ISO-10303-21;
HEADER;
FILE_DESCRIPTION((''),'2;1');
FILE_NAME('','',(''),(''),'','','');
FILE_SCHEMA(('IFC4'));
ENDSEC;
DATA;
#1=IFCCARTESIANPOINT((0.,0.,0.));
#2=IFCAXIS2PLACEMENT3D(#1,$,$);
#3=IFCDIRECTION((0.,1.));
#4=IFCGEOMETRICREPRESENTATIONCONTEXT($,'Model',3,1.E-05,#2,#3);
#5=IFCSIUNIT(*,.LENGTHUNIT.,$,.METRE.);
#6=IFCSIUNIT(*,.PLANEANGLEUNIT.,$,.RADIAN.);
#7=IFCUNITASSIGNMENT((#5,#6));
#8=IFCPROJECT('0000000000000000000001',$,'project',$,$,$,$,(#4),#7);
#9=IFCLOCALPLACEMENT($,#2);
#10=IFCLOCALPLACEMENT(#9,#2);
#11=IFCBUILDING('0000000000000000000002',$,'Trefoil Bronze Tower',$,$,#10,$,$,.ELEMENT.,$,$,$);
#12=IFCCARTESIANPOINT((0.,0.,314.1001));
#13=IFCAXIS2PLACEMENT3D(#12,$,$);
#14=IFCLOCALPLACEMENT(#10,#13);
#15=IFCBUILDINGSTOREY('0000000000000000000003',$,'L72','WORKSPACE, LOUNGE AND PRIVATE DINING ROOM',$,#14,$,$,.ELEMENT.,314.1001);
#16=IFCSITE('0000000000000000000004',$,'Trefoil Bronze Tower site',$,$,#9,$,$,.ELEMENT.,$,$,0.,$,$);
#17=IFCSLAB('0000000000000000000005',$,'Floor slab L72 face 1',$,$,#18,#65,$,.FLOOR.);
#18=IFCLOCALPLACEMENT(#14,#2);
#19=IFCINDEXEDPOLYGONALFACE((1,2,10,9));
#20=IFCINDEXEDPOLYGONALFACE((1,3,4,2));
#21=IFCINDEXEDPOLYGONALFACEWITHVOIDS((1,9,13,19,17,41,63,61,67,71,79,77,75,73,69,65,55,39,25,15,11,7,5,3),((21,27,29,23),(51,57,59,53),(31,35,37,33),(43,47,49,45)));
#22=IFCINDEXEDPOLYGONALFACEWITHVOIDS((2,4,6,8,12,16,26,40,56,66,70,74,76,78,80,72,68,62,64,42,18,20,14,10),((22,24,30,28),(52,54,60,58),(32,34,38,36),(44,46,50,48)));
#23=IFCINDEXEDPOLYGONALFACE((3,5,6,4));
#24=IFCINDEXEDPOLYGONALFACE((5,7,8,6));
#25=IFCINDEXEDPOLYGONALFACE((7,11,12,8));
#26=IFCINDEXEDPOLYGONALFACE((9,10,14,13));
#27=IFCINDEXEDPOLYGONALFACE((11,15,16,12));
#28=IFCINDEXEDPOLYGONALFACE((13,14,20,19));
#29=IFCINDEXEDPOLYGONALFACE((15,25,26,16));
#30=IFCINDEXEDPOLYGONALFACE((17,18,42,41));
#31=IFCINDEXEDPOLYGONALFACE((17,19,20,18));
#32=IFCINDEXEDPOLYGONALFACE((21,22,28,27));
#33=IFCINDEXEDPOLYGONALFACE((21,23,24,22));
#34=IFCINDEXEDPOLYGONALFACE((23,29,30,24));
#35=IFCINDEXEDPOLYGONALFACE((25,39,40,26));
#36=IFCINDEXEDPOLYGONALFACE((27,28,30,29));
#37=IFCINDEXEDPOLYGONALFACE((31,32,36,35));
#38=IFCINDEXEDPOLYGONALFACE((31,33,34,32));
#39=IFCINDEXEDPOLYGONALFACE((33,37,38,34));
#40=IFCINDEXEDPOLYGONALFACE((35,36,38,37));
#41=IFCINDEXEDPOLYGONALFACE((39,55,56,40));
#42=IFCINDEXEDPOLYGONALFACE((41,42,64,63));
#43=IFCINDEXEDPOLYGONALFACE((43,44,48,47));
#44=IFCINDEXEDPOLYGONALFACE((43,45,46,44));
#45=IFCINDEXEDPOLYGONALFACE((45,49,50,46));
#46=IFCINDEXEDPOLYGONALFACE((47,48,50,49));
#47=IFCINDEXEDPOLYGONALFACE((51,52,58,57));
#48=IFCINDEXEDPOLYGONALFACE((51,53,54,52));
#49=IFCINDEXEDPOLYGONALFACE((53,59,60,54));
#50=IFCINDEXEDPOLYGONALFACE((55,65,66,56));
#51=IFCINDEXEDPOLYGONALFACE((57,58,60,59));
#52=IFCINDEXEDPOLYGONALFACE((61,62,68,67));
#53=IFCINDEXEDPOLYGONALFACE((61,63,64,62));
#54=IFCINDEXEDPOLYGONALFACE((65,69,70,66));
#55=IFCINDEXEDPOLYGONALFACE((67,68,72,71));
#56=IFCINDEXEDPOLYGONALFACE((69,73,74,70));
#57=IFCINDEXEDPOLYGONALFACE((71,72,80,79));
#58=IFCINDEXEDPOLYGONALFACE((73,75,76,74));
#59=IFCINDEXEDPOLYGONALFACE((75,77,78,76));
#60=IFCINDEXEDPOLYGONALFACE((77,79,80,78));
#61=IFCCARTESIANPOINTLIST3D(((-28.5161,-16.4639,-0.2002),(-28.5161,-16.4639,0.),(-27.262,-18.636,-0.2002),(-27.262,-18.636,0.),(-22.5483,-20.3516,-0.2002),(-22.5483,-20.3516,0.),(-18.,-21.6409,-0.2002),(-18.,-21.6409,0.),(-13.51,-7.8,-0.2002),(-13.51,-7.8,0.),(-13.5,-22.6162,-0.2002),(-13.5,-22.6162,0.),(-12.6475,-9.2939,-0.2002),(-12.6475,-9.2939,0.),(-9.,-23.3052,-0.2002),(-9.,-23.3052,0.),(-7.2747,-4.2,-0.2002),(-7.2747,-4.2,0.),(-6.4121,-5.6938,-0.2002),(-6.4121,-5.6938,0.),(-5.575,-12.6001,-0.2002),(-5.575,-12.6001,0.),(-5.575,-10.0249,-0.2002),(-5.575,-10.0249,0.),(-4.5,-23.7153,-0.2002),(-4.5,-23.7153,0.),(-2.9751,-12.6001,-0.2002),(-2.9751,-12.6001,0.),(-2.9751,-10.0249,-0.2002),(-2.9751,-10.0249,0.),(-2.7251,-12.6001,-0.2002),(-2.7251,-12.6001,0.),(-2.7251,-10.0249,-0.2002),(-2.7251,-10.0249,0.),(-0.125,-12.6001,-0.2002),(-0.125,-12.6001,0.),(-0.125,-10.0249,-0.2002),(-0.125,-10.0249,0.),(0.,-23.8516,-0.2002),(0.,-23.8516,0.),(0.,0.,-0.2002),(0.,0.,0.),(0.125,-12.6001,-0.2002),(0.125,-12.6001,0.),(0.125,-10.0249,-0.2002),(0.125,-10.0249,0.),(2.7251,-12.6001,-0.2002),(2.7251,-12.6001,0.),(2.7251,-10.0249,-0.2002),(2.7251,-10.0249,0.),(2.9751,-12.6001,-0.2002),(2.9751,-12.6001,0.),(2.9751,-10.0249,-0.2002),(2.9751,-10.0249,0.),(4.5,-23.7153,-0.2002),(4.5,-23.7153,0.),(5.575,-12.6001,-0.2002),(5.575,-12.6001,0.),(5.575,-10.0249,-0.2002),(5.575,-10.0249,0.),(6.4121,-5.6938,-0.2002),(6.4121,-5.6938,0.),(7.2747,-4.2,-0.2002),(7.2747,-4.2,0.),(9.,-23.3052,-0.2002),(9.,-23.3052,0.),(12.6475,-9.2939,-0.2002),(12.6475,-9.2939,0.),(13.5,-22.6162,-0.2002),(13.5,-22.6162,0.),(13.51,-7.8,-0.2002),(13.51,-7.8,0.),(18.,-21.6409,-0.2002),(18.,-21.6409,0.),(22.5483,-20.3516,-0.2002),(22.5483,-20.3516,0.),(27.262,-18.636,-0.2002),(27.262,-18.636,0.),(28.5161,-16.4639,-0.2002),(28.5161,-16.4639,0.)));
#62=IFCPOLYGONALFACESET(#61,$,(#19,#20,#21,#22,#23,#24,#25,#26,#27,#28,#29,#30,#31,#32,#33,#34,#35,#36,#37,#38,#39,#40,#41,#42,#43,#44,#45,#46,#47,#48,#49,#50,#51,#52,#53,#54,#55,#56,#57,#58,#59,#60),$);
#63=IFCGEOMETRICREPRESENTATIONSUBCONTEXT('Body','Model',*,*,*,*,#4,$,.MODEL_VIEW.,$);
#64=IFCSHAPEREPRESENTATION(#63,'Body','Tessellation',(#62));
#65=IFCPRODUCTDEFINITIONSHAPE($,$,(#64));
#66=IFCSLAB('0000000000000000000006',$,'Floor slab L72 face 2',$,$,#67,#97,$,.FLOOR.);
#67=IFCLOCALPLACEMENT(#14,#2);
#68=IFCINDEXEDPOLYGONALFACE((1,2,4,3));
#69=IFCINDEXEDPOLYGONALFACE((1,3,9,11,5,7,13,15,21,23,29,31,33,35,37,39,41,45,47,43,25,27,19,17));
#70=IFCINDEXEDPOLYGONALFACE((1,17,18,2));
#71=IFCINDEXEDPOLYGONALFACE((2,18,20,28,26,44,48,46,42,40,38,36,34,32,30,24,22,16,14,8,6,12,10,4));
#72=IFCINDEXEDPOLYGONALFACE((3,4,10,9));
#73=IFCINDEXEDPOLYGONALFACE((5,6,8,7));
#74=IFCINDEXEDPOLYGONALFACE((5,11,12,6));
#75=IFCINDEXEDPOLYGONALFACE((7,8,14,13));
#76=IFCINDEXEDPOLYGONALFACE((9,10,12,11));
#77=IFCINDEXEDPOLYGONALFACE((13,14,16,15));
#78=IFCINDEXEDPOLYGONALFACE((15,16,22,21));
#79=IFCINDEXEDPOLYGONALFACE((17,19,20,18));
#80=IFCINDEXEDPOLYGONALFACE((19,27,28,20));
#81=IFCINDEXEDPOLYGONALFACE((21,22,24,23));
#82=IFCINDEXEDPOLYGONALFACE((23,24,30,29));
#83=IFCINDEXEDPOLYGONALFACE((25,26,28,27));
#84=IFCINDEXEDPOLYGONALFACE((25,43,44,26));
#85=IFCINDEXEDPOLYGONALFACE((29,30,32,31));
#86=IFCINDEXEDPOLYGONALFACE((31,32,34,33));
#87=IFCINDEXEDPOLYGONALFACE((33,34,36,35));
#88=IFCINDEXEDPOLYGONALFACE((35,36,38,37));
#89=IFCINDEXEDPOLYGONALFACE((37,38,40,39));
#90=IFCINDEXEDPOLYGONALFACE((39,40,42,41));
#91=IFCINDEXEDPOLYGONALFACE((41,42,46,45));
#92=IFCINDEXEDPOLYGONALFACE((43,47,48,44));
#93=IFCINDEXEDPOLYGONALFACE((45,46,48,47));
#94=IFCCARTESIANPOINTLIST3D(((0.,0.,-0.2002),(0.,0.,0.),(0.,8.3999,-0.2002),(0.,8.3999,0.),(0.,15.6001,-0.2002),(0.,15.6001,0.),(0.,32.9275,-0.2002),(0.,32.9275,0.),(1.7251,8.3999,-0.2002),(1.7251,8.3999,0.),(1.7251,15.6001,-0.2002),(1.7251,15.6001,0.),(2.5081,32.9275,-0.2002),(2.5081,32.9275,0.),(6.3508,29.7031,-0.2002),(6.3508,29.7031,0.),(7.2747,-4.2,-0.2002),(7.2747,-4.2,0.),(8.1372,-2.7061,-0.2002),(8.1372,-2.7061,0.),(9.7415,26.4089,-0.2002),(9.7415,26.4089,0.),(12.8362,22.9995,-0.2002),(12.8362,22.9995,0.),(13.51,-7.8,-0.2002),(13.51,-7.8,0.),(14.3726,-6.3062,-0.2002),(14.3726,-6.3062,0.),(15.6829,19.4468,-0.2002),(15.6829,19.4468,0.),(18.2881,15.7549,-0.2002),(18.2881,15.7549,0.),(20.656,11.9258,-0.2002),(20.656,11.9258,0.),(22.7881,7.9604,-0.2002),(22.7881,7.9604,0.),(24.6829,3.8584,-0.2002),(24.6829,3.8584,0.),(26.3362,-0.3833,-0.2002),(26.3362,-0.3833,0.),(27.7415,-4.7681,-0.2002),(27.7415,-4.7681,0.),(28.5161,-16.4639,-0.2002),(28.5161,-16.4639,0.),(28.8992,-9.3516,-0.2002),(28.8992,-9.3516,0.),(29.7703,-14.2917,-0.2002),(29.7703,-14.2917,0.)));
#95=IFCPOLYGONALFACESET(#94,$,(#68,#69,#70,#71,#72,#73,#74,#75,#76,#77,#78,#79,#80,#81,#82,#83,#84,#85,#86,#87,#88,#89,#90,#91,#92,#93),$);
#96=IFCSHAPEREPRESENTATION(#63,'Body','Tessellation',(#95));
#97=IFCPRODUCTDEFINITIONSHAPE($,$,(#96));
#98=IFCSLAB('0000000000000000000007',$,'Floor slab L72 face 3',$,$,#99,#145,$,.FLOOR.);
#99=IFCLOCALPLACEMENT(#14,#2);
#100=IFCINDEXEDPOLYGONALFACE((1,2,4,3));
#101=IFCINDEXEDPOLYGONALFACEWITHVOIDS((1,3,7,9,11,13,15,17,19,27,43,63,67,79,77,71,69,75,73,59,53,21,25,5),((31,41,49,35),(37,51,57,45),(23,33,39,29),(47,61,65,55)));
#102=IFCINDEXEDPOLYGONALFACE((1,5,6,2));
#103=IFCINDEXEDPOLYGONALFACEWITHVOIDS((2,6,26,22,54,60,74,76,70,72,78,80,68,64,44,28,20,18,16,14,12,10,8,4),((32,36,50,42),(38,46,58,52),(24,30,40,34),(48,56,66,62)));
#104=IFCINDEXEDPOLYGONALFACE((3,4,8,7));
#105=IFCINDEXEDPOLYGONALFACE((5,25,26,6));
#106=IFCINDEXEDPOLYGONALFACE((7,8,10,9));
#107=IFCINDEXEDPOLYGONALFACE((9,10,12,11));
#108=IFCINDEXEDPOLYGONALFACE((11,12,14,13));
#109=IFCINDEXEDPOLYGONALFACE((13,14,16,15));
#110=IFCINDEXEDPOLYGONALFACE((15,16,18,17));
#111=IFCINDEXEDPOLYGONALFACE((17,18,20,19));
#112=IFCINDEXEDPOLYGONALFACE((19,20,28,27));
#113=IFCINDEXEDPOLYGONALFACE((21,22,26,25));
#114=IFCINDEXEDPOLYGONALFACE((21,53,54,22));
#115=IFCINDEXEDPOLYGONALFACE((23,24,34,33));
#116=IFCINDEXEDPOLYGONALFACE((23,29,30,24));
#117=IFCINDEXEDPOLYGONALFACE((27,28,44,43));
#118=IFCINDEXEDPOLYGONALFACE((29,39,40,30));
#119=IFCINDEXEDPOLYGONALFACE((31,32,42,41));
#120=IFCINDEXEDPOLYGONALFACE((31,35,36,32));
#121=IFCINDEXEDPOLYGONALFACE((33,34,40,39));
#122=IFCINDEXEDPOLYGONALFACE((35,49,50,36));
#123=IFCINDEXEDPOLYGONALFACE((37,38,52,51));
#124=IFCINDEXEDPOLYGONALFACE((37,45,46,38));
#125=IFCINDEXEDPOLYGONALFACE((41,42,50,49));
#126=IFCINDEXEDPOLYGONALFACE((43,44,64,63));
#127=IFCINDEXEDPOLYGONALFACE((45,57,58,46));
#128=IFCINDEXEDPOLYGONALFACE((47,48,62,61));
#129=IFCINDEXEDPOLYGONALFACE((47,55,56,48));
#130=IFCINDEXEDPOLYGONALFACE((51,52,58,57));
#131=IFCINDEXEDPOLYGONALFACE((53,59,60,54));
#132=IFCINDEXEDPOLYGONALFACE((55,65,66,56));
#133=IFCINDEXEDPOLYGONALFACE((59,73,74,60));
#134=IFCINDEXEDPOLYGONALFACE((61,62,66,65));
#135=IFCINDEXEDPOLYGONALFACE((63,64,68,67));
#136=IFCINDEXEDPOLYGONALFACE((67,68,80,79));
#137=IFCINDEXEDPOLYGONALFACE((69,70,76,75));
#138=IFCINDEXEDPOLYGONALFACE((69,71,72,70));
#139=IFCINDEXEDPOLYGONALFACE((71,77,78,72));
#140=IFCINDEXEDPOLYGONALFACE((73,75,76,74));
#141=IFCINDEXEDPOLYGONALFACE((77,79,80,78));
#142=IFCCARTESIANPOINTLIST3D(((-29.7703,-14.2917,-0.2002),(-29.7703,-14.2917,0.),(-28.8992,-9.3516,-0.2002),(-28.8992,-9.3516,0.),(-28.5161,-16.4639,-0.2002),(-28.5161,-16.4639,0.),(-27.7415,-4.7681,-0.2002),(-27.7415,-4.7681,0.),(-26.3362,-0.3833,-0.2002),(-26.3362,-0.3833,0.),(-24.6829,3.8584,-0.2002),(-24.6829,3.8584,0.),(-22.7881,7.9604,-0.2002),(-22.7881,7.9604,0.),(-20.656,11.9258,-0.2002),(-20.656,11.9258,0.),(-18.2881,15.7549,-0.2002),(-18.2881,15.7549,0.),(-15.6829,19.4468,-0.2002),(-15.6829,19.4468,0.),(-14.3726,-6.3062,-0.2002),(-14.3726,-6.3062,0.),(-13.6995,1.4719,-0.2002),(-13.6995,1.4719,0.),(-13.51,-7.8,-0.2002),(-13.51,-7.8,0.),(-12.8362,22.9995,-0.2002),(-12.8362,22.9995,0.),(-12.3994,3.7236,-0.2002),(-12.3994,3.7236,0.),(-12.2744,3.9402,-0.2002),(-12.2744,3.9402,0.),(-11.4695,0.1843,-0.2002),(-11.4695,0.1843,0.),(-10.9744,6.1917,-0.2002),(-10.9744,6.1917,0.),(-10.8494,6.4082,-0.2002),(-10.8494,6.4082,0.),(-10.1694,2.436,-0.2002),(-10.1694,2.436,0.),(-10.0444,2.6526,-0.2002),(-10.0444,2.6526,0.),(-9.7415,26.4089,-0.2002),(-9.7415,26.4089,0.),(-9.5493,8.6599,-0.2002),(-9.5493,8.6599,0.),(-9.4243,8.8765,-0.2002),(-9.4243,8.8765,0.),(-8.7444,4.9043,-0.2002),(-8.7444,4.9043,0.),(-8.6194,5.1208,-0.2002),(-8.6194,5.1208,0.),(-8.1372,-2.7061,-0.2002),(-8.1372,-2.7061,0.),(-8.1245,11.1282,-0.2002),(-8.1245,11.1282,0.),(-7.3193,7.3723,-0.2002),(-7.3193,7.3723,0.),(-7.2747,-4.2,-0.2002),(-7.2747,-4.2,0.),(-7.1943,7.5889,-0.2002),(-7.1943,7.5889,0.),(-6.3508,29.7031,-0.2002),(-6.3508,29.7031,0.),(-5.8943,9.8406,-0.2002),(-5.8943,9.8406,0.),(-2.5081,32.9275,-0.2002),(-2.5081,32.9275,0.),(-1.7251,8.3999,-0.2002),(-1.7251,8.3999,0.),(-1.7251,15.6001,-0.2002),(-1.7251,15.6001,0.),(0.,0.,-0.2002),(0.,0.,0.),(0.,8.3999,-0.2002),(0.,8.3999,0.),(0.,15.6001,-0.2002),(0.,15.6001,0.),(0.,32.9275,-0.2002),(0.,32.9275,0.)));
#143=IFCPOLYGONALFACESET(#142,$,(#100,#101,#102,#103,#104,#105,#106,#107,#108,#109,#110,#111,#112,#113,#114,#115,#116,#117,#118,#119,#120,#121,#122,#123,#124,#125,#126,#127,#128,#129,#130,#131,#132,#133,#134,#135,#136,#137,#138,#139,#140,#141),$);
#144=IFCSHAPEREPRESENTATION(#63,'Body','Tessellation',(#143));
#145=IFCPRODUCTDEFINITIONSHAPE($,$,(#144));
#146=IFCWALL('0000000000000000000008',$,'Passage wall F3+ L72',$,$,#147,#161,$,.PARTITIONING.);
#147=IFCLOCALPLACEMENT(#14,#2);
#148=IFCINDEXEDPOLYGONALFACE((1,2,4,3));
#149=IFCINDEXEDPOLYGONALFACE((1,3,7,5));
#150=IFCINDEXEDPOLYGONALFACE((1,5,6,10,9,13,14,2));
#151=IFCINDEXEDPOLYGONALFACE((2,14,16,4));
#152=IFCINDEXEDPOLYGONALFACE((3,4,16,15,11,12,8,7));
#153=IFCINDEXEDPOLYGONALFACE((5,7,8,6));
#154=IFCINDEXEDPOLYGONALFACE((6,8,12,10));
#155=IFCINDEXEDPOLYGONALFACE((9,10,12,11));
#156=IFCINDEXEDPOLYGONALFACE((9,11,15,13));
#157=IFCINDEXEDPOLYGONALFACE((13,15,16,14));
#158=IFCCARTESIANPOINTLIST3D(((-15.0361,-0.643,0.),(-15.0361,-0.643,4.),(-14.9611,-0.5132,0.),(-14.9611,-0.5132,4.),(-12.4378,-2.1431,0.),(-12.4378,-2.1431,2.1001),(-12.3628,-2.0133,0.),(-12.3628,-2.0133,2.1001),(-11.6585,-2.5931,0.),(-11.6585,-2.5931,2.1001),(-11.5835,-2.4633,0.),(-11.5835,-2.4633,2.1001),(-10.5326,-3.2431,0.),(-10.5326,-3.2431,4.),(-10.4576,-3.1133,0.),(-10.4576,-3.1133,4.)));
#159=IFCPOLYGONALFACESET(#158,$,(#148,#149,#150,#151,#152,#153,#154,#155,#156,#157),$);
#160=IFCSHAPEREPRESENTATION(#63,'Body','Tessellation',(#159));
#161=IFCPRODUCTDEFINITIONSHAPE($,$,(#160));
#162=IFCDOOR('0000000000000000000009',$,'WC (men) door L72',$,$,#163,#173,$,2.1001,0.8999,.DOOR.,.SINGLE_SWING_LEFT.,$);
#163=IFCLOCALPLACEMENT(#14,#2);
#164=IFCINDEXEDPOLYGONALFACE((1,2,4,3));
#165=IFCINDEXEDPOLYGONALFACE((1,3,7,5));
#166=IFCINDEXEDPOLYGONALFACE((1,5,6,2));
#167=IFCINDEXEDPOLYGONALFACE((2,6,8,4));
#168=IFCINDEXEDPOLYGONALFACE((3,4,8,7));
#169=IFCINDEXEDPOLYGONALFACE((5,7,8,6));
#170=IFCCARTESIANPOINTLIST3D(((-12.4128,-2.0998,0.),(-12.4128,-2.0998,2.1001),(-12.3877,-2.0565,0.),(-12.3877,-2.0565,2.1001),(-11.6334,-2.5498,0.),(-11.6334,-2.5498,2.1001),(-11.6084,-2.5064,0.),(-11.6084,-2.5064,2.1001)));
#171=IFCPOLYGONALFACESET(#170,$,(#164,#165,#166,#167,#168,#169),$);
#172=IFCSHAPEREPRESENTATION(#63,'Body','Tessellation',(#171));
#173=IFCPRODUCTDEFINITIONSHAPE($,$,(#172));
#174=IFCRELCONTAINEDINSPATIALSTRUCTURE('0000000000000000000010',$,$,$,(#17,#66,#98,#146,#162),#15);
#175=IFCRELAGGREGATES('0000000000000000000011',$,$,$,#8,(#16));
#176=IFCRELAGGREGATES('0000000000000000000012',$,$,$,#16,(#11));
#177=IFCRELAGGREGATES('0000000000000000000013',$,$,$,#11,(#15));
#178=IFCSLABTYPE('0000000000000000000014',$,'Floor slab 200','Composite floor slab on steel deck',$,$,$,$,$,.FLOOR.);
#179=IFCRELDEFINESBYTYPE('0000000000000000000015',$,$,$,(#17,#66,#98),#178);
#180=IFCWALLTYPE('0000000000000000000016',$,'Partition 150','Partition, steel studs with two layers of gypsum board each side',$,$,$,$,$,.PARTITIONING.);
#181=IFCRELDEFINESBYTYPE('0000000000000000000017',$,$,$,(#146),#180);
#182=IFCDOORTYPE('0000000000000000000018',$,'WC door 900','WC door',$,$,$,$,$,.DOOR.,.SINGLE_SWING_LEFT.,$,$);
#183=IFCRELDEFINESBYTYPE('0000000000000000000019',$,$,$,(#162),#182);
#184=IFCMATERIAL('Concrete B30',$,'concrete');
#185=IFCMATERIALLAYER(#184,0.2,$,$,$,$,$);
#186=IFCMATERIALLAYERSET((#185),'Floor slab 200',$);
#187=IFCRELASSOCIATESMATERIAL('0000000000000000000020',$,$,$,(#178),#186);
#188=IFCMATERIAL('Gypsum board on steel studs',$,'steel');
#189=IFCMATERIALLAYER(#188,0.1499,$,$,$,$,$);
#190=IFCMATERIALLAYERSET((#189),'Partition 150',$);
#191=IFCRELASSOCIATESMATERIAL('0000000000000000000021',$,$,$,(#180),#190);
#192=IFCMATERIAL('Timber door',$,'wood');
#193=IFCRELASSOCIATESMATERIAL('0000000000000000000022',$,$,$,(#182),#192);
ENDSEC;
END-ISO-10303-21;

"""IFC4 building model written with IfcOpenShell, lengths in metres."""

from ifc_helpers import new_model, si_unit, direction, frame, frame_2d, origin, place, context, subcontext, project, spatial, polyline, rectangle, outline, extrude, material, layer, layer_set, type_object, element, fill, save


model = new_model("IFC4")

# Units and contexts
model_context = context("Model", 3, precision=1e-05, world=origin(), true_north=direction((0.0, 1.0)))
body_context = subcontext(model_context, "Body", "Model", "MODEL_VIEW")
ifc_project = project(units=[si_unit("LENGTHUNIT", "METRE"), si_unit("PLANEANGLEUNIT", "RADIAN")], contexts=[model_context])

# Site, building, storey
site_placement = place(None, origin())
site = spatial("IfcSite", under=ifc_project, at=site_placement, Name="Trefoil Bronze Tower site", CompositionType="ELEMENT", RefElevation=0.0)
building_placement = place(site_placement, origin())
building = spatial("IfcBuilding", under=site, at=building_placement, Name="Trefoil Bronze Tower", CompositionType="ELEMENT")
storey_placement = place(building_placement, frame((0.0, 0.0, 314.1001)))
storey = spatial("IfcBuildingStorey", under=building, at=storey_placement, Name="L72", Description="WORKSPACE, LOUNGE AND PRIVATE DINING ROOM", CompositionType="ELEMENT", Elevation=314.1001)

# Slabs
ifc_material_1 = material(Name="Concrete B30", Category="concrete")
ifc_layer_1 = layer(ifc_material_1, 0.2)
ifc_layer_set_1 = layer_set([ifc_layer_1], Name="Floor slab 200")
slab_type = type_object("IfcSlabType", Name="Floor slab 200", Description="Composite floor slab on steel deck", PredefinedType="FLOOR", material=ifc_layer_set_1)
slab_1_placement = place(storey_placement, frame((0.0, 0.0, -0.2002)))
element("IfcSlab", 1, at=slab_1_placement, inside=storey, type_object=slab_type, Name="Floor slab L72 face 1", PredefinedType="FLOOR", context=body_context, shape_type="SweptSolid", body=[
    extrude(outline(polyline([(13.5, -22.6162), (9.0, -23.3052), (4.5, -23.7153), (0.0, -23.8516), (-4.5, -23.7153), (-9.0, -23.3052), (-13.5, -22.6162), (-18.0, -21.6409), (-22.5483, -20.3516), (-27.262, -18.636), (-28.5161, -16.4639), (-13.51, -7.8), (-12.6475, -9.2939), (-6.4121, -5.6938), (-7.2747, -4.2), (0.0, 0.0), (7.2747, -4.2), (6.4121, -5.6938), (12.6475, -9.2939), (13.51, -7.8), (28.5161, -16.4639), (27.262, -18.636), (22.5483, -20.3516), (18.0, -21.6409), (13.5, -22.6162)]), holes=[polyline([(-5.575, -10.0249), (-2.9751, -10.0249), (-2.9751, -12.6001), (-5.575, -12.6001), (-5.575, -10.0249)]), polyline([(-2.7251, -10.0249), (-0.125, -10.0249), (-0.125, -12.6001), (-2.7251, -12.6001), (-2.7251, -10.0249)]), polyline([(0.125, -10.0249), (2.7251, -10.0249), (2.7251, -12.6001), (0.125, -12.6001), (0.125, -10.0249)]), polyline([(2.9751, -10.0249), (5.575, -10.0249), (5.575, -12.6001), (2.9751, -12.6001), (2.9751, -10.0249)])]), origin(), (0.0, 0.0, 1.0), 0.2002),
])
slab_2_placement = place(storey_placement, frame((0.0, 0.0, -0.2002)))
element("IfcSlab", 2, at=slab_2_placement, inside=storey, type_object=slab_type, Name="Floor slab L72 face 2", PredefinedType="FLOOR", context=body_context, shape_type="SweptSolid", body=[
    extrude(outline(polyline([(12.8362, 22.9995), (15.6829, 19.4468), (18.2881, 15.7549), (20.656, 11.9258), (22.7881, 7.9604), (24.6829, 3.8584), (26.3362, -0.3833), (27.7415, -4.7681), (28.8992, -9.3516), (29.7703, -14.2917), (28.5161, -16.4639), (13.51, -7.8), (14.3726, -6.3062), (8.1372, -2.7061), (7.2747, -4.2), (0.0, 0.0), (0.0, 8.3999), (1.7251, 8.3999), (1.7251, 15.6001), (0.0, 15.6001), (0.0, 32.9275), (2.5081, 32.9275), (6.3508, 29.7031), (9.7415, 26.4089), (12.8362, 22.9995)])), origin(), (0.0, 0.0, 1.0), 0.2002),
])
slab_3_placement = place(storey_placement, frame((0.0, 0.0, -0.2002)))
element("IfcSlab", 3, at=slab_3_placement, inside=storey, type_object=slab_type, Name="Floor slab L72 face 3", PredefinedType="FLOOR", context=body_context, shape_type="SweptSolid", body=[
    extrude(outline(polyline([(-26.3362, -0.3833), (-24.6829, 3.8584), (-22.7881, 7.9604), (-20.656, 11.9258), (-18.2881, 15.7549), (-15.6829, 19.4468), (-12.8362, 22.9995), (-9.7415, 26.4089), (-6.3508, 29.7031), (-2.5081, 32.9275), (0.0, 32.9275), (0.0, 15.6001), (-1.7251, 15.6001), (-1.7251, 8.3999), (0.0, 8.3999), (0.0, 0.0), (-7.2747, -4.2), (-8.1372, -2.7061), (-14.3726, -6.3062), (-13.51, -7.8), (-28.5161, -16.4639), (-29.7703, -14.2917), (-28.8992, -9.3516), (-27.7415, -4.7681), (-26.3362, -0.3833)]), holes=[polyline([(-5.8943, 9.8406), (-7.1943, 7.5889), (-9.4243, 8.8765), (-8.1245, 11.1282), (-5.8943, 9.8406)]), polyline([(-7.3193, 7.3723), (-8.6194, 5.1208), (-10.8494, 6.4082), (-9.5493, 8.6599), (-7.3193, 7.3723)]), polyline([(-8.7444, 4.9043), (-10.0444, 2.6526), (-12.2744, 3.9402), (-10.9744, 6.1917), (-8.7444, 4.9043)]), polyline([(-10.1694, 2.436), (-11.4695, 0.1843), (-13.6995, 1.4719), (-12.3994, 3.7236), (-10.1694, 2.436)])]), origin(), (0.0, 0.0, 1.0), 0.2002),
])

# Wall, opening, door
ifc_material_2 = material(Name="Gypsum board on steel studs", Category="steel")
ifc_layer_2 = layer(ifc_material_2, 0.1499)
ifc_layer_set_2 = layer_set([ifc_layer_2], Name="Partition 150")
wall_type_1 = type_object("IfcWallType", Name="Partition 150", Description="Partition, steel studs with two layers of gypsum board each side", PredefinedType="PARTITIONING", material=ifc_layer_set_2)
wall_1_placement = place(storey_placement, frame((-10.4951, -3.1782, 0.0), z_axis=(0.0, 0.0, 1.0), x_axis=(-0.866021, 0.500007, 0.0)))
wall_1 = element("IfcWall", 4, at=wall_1_placement, inside=storey, type_object=wall_type_1, Name="Passage wall F3+ L72", PredefinedType="PARTITIONING", context=body_context, shape_type="SweptSolid", body=[
    extrude(rectangle(XDim=5.2002, YDim=0.1499, at=frame_2d((2.6001, 0.0))), origin(), (0.0, 0.0, 1.0), 4.0),
])
opening_1_placement = place(wall_1_placement, frame((1.3, 0.0, 0.0)))
opening_1 = element("IfcOpeningElement", 5, at=opening_1_placement, cuts=wall_1, PredefinedType="OPENING", context=body_context, shape_type="SweptSolid", body=[
    extrude(rectangle(XDim=0.8999, YDim=2.1001, at=frame_2d((0.45, 1.05))), frame((0.0, 0.085, 0.0), z_axis=(0.0, -1.0, 0.0), x_axis=(1.0, 0.0, 0.0)), (0.0, 0.0, 1.0), 0.1699),
])
ifc_material_3 = material(Name="Timber door", Category="wood")
door_type_1 = type_object("IfcDoorType", Name="WC door 900", Description="WC door", OperationType="SINGLE_SWING_LEFT", PredefinedType="DOOR", material=ifc_material_3)
door_1_placement = place(opening_1_placement, origin())
door_1 = element("IfcDoor", 6, at=door_1_placement, inside=storey, type_object=door_type_1, Name="WC (men) door L72", OperationType="SINGLE_SWING_LEFT", OverallHeight=2.1001, OverallWidth=0.8999, PredefinedType="DOOR", context=body_context, shape_type="SweptSolid", body=[
    extrude(rectangle(XDim=0.8999, YDim=2.1001, at=frame_2d((0.45, 1.05))), frame((0.0, 0.0249, 0.0), z_axis=(0.0, -1.0, 0.0), x_axis=(1.0, 0.0, 0.0)), (0.0, 0.0, 1.0), 0.05),
])
fill(opening_1, door_1)

save(model, "model.ifc")
